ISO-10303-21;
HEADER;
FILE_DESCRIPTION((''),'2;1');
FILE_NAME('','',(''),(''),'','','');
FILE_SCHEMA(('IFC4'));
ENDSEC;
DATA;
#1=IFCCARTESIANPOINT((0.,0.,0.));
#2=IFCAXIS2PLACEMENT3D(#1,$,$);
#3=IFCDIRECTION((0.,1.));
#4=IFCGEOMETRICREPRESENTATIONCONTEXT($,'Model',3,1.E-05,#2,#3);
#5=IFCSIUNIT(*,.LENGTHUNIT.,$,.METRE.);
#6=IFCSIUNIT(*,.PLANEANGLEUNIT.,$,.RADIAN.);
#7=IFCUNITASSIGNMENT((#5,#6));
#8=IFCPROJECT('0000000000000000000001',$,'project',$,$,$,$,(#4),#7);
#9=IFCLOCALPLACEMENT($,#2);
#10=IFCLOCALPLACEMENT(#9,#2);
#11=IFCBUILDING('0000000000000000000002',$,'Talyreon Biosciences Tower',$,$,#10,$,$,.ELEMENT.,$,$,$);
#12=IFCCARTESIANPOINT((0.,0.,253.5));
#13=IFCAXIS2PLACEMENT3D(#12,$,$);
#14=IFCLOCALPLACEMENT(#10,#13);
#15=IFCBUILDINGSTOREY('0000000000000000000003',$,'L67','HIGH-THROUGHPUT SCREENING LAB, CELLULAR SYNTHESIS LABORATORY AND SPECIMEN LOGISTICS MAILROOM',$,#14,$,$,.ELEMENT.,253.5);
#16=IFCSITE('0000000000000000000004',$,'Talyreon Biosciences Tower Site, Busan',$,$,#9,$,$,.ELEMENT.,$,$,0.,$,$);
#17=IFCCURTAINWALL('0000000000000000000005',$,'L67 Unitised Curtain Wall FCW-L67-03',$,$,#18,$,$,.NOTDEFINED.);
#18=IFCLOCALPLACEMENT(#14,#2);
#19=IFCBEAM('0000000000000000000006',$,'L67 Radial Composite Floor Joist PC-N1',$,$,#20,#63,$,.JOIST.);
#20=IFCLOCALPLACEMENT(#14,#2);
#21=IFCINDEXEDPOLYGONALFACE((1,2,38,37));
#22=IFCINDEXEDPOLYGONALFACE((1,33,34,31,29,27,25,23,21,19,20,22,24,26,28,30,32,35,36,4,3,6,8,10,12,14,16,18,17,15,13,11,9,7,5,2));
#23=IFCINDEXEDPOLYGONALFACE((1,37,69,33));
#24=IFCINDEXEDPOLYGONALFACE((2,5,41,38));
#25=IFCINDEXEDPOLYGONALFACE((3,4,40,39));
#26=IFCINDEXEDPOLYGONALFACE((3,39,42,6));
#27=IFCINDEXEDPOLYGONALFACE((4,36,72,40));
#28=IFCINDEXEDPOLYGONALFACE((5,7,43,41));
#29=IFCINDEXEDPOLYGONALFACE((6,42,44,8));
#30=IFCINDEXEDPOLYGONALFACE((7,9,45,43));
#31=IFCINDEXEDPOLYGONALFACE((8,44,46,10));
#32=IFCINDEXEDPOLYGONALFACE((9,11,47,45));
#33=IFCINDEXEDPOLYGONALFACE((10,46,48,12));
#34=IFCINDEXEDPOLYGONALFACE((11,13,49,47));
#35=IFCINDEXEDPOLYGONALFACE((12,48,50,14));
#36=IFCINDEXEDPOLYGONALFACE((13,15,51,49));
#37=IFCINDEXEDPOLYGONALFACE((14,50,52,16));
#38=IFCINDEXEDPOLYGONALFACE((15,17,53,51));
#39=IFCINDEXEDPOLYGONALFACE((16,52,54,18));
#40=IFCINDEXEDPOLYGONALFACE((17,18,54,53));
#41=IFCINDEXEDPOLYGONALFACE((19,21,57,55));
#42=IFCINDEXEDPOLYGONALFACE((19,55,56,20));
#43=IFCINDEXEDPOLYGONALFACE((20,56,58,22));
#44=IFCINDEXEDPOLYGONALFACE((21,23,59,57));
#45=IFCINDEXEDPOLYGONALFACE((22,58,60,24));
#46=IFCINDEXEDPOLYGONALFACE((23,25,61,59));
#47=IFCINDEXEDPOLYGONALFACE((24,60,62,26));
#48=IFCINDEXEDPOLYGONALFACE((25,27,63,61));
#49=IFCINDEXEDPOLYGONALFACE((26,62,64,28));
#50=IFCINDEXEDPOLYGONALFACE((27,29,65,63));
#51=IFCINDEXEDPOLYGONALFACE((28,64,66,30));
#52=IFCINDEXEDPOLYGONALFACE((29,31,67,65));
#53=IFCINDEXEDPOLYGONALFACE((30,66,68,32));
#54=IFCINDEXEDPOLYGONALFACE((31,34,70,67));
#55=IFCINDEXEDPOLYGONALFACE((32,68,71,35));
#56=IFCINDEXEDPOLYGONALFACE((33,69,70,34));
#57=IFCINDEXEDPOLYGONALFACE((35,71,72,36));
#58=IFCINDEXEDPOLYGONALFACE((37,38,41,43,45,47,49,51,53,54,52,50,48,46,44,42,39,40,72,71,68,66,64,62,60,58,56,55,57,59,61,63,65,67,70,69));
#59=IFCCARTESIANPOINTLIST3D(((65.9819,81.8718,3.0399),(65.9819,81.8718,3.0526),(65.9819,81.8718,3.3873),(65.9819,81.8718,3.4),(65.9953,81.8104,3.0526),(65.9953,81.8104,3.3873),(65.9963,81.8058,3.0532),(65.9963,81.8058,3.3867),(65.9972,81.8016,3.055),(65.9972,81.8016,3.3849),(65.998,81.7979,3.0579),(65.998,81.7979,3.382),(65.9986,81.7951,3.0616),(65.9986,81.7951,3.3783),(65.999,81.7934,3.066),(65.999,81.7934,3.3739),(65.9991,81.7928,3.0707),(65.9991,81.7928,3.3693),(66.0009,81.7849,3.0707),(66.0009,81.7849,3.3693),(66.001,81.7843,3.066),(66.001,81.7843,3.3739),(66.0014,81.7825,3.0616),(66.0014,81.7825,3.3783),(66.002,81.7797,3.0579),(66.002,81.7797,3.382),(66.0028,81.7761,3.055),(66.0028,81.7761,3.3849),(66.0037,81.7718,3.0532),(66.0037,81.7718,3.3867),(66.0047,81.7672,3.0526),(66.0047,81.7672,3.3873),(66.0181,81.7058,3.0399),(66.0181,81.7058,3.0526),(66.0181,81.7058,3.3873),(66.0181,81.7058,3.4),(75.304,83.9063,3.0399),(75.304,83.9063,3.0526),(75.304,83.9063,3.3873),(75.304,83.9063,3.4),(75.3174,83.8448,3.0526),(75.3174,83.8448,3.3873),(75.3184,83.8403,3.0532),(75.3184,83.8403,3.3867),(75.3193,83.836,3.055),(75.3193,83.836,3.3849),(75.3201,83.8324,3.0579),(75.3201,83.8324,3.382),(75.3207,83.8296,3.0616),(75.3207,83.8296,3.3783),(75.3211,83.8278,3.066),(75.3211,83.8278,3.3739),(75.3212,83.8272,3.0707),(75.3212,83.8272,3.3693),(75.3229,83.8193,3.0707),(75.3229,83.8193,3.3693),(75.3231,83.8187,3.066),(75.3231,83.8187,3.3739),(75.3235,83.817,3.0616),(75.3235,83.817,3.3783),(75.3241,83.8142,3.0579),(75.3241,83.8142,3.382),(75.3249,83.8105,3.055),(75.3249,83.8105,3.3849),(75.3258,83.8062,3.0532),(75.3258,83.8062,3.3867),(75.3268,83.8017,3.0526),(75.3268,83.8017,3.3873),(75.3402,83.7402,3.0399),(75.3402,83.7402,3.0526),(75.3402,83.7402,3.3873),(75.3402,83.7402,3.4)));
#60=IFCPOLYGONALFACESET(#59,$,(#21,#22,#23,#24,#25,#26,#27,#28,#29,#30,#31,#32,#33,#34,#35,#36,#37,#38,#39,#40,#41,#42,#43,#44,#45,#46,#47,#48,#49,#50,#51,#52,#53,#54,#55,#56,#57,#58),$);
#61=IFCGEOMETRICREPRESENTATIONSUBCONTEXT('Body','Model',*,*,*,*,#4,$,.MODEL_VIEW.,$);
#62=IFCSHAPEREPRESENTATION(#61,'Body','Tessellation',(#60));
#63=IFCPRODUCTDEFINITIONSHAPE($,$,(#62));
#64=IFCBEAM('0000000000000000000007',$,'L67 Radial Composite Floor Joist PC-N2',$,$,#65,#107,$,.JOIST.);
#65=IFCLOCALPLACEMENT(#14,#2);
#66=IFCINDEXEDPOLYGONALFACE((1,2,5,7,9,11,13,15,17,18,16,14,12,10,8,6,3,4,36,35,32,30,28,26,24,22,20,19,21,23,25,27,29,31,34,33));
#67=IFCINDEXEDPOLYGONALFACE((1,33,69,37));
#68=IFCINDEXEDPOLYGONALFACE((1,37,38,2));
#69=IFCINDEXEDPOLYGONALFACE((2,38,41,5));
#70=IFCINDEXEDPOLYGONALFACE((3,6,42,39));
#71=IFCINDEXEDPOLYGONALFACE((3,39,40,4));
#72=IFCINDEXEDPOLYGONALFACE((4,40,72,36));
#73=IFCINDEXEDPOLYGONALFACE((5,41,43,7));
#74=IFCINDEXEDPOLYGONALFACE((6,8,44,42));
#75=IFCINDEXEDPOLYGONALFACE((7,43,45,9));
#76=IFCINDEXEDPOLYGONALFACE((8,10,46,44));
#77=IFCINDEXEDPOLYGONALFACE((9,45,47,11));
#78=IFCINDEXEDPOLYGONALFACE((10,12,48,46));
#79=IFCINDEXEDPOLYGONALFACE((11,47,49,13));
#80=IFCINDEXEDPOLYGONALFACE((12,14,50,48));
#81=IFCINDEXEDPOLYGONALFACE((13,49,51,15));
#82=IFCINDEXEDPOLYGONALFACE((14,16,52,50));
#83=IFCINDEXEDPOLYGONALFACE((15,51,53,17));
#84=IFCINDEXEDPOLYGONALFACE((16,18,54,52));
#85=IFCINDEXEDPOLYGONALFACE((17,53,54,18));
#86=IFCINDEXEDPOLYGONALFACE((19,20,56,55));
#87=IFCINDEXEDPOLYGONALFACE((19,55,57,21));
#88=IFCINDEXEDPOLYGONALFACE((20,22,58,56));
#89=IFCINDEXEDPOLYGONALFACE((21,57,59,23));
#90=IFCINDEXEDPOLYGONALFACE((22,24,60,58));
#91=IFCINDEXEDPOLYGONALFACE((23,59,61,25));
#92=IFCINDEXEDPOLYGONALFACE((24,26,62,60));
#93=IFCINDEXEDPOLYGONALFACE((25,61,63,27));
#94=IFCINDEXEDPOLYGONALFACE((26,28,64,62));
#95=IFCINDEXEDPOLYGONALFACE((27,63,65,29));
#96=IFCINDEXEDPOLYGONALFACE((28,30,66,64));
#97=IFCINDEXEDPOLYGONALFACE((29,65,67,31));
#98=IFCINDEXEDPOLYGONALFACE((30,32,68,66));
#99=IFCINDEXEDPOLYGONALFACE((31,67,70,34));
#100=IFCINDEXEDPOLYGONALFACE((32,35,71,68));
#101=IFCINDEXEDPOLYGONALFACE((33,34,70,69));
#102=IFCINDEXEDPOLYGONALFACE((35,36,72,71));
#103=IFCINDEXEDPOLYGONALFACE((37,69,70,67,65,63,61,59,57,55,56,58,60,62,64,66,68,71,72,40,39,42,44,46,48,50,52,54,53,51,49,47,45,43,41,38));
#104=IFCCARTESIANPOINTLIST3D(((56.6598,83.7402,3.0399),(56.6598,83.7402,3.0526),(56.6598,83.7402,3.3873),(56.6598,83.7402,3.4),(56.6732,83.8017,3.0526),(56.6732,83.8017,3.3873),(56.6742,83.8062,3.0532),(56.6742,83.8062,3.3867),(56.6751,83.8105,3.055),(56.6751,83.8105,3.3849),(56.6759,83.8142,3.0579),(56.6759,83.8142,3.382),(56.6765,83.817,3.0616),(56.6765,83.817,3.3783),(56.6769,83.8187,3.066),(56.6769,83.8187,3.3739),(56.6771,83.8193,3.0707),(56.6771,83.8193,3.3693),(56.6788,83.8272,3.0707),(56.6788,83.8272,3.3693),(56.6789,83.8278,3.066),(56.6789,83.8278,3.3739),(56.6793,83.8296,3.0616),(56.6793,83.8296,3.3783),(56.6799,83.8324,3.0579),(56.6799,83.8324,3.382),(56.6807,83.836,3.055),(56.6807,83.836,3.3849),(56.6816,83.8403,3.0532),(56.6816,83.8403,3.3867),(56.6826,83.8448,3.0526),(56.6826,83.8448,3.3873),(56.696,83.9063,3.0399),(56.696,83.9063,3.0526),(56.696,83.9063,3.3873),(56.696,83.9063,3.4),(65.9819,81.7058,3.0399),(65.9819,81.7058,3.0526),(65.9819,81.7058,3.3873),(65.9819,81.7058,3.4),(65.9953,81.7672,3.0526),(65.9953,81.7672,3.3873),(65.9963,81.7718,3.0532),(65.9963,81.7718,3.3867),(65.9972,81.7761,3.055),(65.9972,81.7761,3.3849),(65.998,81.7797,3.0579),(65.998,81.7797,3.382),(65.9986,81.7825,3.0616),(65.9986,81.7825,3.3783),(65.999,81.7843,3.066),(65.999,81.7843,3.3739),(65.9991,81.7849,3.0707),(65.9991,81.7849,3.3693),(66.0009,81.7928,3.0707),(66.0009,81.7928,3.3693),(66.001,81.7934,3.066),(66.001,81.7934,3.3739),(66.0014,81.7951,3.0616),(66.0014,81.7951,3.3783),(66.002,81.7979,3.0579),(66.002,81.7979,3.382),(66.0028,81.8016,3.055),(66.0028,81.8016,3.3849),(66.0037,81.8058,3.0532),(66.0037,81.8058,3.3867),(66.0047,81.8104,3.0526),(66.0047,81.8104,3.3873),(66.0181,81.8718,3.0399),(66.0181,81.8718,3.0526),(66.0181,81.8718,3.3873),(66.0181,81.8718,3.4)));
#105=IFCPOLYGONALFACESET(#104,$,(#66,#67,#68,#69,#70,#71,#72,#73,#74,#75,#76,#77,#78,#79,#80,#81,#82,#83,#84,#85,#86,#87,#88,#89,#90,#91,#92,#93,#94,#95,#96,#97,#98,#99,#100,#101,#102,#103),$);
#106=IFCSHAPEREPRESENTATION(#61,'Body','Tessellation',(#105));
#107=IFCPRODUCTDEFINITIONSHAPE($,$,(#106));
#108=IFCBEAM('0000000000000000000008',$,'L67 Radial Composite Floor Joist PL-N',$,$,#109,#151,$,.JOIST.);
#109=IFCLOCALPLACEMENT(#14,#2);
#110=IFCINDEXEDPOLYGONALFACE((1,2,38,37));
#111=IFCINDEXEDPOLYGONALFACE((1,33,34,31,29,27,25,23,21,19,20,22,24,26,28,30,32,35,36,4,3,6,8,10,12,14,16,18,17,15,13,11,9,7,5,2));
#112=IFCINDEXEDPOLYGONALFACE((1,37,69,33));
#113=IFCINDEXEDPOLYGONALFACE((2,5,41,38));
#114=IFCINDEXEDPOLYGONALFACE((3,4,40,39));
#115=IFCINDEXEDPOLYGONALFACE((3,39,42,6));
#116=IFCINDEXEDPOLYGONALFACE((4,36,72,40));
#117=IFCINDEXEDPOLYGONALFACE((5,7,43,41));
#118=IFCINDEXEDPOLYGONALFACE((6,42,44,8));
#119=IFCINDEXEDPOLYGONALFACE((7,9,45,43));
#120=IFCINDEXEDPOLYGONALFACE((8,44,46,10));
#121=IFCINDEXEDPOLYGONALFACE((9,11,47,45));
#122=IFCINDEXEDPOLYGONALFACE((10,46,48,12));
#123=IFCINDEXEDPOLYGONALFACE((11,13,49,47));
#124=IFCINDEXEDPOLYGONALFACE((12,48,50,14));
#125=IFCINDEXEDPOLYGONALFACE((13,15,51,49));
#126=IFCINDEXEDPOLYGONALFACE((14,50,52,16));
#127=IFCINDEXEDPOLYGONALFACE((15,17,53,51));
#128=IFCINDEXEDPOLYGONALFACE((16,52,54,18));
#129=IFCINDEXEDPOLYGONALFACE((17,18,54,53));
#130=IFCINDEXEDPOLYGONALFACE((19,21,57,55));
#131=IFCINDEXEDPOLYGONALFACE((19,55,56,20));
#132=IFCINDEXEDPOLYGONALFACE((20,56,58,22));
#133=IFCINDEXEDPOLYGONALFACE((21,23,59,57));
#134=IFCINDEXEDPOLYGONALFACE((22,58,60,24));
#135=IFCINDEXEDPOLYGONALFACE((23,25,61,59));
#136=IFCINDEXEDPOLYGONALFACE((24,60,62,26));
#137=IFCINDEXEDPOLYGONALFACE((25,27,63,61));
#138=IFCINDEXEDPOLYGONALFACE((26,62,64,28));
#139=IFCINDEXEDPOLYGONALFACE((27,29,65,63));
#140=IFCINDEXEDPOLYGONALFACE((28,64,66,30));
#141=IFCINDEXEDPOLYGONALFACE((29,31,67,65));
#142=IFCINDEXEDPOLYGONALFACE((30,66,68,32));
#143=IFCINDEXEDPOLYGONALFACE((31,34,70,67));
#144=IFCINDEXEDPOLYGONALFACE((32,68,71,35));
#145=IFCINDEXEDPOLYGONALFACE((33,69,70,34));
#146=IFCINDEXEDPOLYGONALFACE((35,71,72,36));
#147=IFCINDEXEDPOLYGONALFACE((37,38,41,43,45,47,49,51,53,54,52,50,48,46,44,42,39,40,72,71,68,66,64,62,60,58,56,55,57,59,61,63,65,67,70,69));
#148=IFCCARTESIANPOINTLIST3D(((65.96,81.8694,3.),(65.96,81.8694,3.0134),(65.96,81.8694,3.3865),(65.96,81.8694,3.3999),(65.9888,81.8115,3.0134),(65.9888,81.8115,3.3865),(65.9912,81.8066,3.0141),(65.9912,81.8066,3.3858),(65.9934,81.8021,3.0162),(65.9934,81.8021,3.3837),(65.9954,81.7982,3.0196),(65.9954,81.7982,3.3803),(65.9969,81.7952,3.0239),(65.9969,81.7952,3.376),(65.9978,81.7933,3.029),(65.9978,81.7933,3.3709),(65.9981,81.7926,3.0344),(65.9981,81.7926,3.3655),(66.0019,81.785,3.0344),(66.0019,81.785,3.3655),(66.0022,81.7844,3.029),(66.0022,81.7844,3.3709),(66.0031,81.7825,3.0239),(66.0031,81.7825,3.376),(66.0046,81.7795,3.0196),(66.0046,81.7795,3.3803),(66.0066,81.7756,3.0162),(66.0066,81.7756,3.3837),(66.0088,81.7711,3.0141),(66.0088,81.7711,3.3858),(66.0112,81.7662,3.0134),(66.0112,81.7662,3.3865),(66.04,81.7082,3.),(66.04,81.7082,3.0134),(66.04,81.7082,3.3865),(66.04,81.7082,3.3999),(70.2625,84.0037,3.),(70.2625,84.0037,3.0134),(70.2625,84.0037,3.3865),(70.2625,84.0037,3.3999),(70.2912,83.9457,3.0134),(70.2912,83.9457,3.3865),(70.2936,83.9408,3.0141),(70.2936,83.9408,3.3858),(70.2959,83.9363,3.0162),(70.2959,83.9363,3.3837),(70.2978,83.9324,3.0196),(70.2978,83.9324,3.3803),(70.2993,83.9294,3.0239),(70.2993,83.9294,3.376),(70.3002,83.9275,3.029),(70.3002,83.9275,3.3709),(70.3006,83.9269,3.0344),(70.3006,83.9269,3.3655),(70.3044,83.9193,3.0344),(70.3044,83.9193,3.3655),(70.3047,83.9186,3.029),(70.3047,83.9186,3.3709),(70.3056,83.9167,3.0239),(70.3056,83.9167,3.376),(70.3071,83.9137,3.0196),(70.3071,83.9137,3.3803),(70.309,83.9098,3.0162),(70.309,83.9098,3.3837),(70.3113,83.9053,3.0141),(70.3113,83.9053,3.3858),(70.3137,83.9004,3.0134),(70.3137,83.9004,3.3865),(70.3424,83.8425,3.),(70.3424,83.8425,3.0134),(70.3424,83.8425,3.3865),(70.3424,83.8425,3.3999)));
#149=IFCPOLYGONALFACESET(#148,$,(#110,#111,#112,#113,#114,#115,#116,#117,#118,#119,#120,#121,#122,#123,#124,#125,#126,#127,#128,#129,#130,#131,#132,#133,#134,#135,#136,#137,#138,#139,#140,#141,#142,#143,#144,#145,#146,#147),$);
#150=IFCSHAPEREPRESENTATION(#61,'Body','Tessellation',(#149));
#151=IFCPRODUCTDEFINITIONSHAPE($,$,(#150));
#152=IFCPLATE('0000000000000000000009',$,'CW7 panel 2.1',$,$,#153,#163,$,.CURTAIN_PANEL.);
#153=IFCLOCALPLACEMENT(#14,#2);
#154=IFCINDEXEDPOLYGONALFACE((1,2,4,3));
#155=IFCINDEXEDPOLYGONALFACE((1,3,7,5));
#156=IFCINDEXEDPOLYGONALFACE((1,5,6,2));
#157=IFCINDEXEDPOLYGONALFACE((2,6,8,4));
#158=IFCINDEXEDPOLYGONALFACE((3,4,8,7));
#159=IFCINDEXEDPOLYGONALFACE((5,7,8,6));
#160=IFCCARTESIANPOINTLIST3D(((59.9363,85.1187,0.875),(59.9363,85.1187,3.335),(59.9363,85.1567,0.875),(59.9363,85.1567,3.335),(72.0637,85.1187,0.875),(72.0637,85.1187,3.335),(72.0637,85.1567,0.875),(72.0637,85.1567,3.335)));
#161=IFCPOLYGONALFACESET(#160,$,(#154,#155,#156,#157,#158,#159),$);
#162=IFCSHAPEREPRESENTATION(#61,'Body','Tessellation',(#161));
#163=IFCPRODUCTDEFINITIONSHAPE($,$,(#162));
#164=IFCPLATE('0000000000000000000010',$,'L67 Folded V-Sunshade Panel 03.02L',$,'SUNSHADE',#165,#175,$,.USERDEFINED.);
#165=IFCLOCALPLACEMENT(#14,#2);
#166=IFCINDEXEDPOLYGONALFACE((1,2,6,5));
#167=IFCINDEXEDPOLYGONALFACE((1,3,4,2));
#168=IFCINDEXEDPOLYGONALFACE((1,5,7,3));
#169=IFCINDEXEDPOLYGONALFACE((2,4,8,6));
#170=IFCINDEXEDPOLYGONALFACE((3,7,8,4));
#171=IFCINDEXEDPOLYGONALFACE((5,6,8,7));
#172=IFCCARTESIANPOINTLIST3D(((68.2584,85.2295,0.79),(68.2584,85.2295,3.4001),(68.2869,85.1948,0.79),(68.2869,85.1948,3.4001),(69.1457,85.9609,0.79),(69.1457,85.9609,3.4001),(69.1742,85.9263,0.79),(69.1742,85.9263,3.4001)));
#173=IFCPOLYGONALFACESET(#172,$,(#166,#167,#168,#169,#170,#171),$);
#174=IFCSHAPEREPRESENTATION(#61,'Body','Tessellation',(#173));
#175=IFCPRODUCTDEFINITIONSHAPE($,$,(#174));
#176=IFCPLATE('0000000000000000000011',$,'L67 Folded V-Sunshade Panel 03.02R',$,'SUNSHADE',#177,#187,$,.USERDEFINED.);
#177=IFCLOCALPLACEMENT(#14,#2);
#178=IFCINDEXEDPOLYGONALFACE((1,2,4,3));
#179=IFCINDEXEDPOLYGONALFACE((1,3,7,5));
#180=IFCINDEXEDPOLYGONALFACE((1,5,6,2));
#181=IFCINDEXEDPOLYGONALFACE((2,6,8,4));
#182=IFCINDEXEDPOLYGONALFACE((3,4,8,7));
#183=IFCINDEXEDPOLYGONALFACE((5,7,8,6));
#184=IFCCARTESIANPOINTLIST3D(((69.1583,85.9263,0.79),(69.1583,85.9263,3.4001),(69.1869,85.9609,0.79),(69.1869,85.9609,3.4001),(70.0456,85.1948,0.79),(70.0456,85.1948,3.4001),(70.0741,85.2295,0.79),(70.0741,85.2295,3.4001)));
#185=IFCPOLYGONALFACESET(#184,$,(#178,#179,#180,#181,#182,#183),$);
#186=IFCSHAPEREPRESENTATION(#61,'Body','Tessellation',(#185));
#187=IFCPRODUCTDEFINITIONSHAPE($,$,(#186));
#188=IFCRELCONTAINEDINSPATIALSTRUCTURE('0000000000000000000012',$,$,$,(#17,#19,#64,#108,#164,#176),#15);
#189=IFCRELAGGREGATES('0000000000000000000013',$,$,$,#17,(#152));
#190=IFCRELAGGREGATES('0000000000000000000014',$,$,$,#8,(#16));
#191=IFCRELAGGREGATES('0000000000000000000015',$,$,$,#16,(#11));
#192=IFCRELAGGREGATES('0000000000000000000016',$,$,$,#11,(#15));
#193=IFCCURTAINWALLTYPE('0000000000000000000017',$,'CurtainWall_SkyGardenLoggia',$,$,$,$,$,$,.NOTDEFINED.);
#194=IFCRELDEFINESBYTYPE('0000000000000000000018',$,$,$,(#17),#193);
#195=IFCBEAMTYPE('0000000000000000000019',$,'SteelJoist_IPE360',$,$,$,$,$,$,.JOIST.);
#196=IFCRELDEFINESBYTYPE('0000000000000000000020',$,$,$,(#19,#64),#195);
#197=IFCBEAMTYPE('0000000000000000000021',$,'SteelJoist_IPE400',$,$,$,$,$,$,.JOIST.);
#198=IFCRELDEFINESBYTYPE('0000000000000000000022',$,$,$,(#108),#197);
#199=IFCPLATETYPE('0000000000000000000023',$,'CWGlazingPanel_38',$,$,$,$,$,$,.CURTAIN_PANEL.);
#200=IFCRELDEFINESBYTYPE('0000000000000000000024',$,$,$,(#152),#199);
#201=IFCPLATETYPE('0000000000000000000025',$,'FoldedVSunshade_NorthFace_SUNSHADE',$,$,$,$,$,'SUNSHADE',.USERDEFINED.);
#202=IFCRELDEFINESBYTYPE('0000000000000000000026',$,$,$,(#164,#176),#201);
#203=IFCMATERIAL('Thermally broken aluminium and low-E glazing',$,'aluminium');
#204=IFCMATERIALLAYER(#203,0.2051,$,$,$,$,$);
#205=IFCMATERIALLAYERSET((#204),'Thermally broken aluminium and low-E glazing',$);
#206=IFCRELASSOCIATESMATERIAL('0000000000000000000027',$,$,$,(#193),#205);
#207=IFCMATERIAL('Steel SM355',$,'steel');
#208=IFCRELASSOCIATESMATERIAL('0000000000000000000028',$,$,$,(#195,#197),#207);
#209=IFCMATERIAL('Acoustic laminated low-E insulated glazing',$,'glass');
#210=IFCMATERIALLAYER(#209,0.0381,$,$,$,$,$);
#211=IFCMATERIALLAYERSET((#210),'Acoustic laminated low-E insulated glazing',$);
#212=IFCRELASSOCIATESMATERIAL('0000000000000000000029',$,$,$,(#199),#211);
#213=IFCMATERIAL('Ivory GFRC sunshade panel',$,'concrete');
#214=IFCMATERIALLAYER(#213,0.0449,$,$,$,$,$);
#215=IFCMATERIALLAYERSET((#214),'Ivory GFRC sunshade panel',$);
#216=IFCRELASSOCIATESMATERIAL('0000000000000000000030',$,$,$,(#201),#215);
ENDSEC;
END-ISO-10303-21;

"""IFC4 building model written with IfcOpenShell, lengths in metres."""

from ifc_helpers import new_model, si_unit, direction, frame, origin, origin_2d, place, context, subcontext, project, spatial, rectangle, i_section, extrude, material, layer, layer_set, material_profile, profile_set, type_object, element, aggregate, save


model = new_model("IFC4")

# Units and contexts
model_context = context("Model", 3, precision=1e-05, world=origin(), true_north=direction((0.0, 1.0)))
body_context = subcontext(model_context, "Body", "Model", "MODEL_VIEW")
ifc_project = project(units=[si_unit("LENGTHUNIT", "METRE"), si_unit("PLANEANGLEUNIT", "RADIAN")], contexts=[model_context])

# Site, building, storey
site_placement = place(None, origin())
site = spatial("IfcSite", under=ifc_project, at=site_placement, Name="Talyreon Biosciences Tower Site, Busan", CompositionType="ELEMENT", RefElevation=0.0)
building_placement = place(site_placement, origin())
building = spatial("IfcBuilding", under=site, at=building_placement, Name="Talyreon Biosciences Tower", CompositionType="ELEMENT")
storey_placement = place(building_placement, frame((0.0, 0.0, 253.5)))
storey = spatial("IfcBuildingStorey", under=building, at=storey_placement, Name="L67", Description="HIGH-THROUGHPUT SCREENING LAB, CELLULAR SYNTHESIS LABORATORY AND SPECIMEN LOGISTICS MAILROOM", CompositionType="ELEMENT", Elevation=253.5)

# Curtain wall
ifc_material_1 = material(Name="Thermally broken aluminium and low-E glazing", Category="aluminium")
ifc_layer_1 = layer(ifc_material_1, 0.2051)
ifc_layer_set_1 = layer_set([ifc_layer_1], Name="Thermally broken aluminium and low-E glazing")
curtain_wall_type = type_object("IfcCurtainWallType", Name="CurtainWall_SkyGardenLoggia", PredefinedType="NOTDEFINED", material=ifc_layer_set_1)
curtain_wall_placement = place(storey_placement, origin())
curtain_wall = element("IfcCurtainWall", 1, at=curtain_wall_placement, inside=storey, type_object=curtain_wall_type, Name="L67 Unitised Curtain Wall FCW-L67-03", PredefinedType="NOTDEFINED")

# Beams
ifc_material_2 = material(Name="Steel SM355", Category="steel")
ifc_material_profile_1 = material_profile(ifc_material_2, i_section(OverallWidth=0.1699, OverallDepth=0.3601, WebThickness=0.0081, FlangeThickness=0.0127, FilletRadius=0.0181, at=origin_2d()), Name="IPE360")
ifc_profile_set_1 = profile_set([ifc_material_profile_1], Name="Steel SM355")
beam_type_1 = type_object("IfcBeamType", Name="SteelJoist_IPE360", PredefinedType="JOIST", material=ifc_profile_set_1)
for number, where, z_axis, x_axis, name in (
    (2, (66.0, 81.7888, 3.22), (0.977004, 0.21322, 0.0), (-0.21322, 0.977004, 0.0), "L67 Radial Composite Floor Joist PC-N1"),
    (3, (66.0, 81.7888, 3.22), (-0.977004, 0.21322, 0.0), (-0.21322, -0.977004, 0.0), "L67 Radial Composite Floor Joist PC-N2"),
):
    element("IfcBeam", number, at=place(storey_placement, frame(where, z_axis=z_axis, x_axis=x_axis)), inside=storey, type_object=beam_type_1, Name=name, PredefinedType="JOIST", context=body_context, shape_type="SweptSolid", body=[
        extrude(i_section(OverallWidth=0.1699, OverallDepth=0.3601, WebThickness=0.0081, FlangeThickness=0.0127, FilletRadius=0.0181, at=origin_2d()), origin(), (0.0, 0.0, 1.0), 9.5415),
    ])
ifc_material_profile_2 = material_profile(ifc_material_2, i_section(OverallWidth=0.1799, OverallDepth=0.3999, WebThickness=0.0085, FlangeThickness=0.0134, FilletRadius=0.021, at=origin_2d()), Name="IPE400")
ifc_profile_set_2 = profile_set([ifc_material_profile_2], Name="Steel SM355")
beam_type_2 = type_object("IfcBeamType", Name="SteelJoist_IPE400", PredefinedType="JOIST", material=ifc_profile_set_2)
beam_1_placement = place(storey_placement, frame((66.0, 81.7888, 3.2), z_axis=(0.895836, 0.444385, 0.0), x_axis=(-0.444385, 0.895836, 0.0)))
element("IfcBeam", 4, at=beam_1_placement, inside=storey, type_object=beam_type_2, Name="L67 Radial Composite Floor Joist PL-N", PredefinedType="JOIST", context=body_context, shape_type="SweptSolid", body=[
    extrude(i_section(OverallWidth=0.1799, OverallDepth=0.3999, WebThickness=0.0085, FlangeThickness=0.0134, FilletRadius=0.021, at=origin_2d()), origin(), (0.0, 0.0, 1.0), 4.8027),
])

# Plate
ifc_material_3 = material(Name="Acoustic laminated low-E insulated glazing", Category="glass")
ifc_layer_2 = layer(ifc_material_3, 0.0381)
ifc_layer_set_2 = layer_set([ifc_layer_2], Name="Acoustic laminated low-E insulated glazing")
plate_type_1 = type_object("IfcPlateType", Name="CWGlazingPanel_38", PredefinedType="CURTAIN_PANEL", material=ifc_layer_set_2)
plate_placement = place(storey_placement, frame((66.0, 85.1377, 0.875), z_axis=(0.0, 0.0, 1.0), x_axis=(1.0, 0.0, 0.0)))
plate = element("IfcPlate", 5, at=plate_placement, type_object=plate_type_1, Name="CW7 panel 2.1", PredefinedType="CURTAIN_PANEL", context=body_context, shape_type="SweptSolid", body=[
    extrude(rectangle(XDim=12.1274, YDim=0.0381, at=origin_2d()), origin(), (0.0, 0.0, 1.0), 2.46),
])
aggregate(curtain_wall, [plate])

# Plates
ifc_material_4 = material(Name="Ivory GFRC sunshade panel", Category="concrete")
ifc_layer_3 = layer(ifc_material_4, 0.0449)
ifc_layer_set_3 = layer_set([ifc_layer_3], Name="Ivory GFRC sunshade panel")
plate_type_2 = type_object("IfcPlateType", Name="FoldedVSunshade_NorthFace_SUNSHADE", ElementType="SUNSHADE", PredefinedType="USERDEFINED", material=ifc_layer_set_3)
for number, where, z_axis, x_axis, name in (
    (6, (68.7163, 85.5779, 0.79), (0.0, 0.0, 1.0), (0.771625, 0.636078, 0.0), "L67 Folded V-Sunshade Panel 03.02L"),
    (7, (69.6162, 85.5779, 0.79), (0.0, 0.0, 1.0), (0.771625, -0.636078, 0.0), "L67 Folded V-Sunshade Panel 03.02R"),
):
    element("IfcPlate", number, at=place(storey_placement, frame(where, z_axis=z_axis, x_axis=x_axis)), inside=storey, type_object=plate_type_2, Name=name, ObjectType="SUNSHADE", PredefinedType="USERDEFINED", context=body_context, shape_type="SweptSolid", body=[
        extrude(rectangle(XDim=1.1499, YDim=0.0449, at=origin_2d()), origin(), (0.0, 0.0, 1.0), 2.6101),
    ])

save(model, "model.ifc")
